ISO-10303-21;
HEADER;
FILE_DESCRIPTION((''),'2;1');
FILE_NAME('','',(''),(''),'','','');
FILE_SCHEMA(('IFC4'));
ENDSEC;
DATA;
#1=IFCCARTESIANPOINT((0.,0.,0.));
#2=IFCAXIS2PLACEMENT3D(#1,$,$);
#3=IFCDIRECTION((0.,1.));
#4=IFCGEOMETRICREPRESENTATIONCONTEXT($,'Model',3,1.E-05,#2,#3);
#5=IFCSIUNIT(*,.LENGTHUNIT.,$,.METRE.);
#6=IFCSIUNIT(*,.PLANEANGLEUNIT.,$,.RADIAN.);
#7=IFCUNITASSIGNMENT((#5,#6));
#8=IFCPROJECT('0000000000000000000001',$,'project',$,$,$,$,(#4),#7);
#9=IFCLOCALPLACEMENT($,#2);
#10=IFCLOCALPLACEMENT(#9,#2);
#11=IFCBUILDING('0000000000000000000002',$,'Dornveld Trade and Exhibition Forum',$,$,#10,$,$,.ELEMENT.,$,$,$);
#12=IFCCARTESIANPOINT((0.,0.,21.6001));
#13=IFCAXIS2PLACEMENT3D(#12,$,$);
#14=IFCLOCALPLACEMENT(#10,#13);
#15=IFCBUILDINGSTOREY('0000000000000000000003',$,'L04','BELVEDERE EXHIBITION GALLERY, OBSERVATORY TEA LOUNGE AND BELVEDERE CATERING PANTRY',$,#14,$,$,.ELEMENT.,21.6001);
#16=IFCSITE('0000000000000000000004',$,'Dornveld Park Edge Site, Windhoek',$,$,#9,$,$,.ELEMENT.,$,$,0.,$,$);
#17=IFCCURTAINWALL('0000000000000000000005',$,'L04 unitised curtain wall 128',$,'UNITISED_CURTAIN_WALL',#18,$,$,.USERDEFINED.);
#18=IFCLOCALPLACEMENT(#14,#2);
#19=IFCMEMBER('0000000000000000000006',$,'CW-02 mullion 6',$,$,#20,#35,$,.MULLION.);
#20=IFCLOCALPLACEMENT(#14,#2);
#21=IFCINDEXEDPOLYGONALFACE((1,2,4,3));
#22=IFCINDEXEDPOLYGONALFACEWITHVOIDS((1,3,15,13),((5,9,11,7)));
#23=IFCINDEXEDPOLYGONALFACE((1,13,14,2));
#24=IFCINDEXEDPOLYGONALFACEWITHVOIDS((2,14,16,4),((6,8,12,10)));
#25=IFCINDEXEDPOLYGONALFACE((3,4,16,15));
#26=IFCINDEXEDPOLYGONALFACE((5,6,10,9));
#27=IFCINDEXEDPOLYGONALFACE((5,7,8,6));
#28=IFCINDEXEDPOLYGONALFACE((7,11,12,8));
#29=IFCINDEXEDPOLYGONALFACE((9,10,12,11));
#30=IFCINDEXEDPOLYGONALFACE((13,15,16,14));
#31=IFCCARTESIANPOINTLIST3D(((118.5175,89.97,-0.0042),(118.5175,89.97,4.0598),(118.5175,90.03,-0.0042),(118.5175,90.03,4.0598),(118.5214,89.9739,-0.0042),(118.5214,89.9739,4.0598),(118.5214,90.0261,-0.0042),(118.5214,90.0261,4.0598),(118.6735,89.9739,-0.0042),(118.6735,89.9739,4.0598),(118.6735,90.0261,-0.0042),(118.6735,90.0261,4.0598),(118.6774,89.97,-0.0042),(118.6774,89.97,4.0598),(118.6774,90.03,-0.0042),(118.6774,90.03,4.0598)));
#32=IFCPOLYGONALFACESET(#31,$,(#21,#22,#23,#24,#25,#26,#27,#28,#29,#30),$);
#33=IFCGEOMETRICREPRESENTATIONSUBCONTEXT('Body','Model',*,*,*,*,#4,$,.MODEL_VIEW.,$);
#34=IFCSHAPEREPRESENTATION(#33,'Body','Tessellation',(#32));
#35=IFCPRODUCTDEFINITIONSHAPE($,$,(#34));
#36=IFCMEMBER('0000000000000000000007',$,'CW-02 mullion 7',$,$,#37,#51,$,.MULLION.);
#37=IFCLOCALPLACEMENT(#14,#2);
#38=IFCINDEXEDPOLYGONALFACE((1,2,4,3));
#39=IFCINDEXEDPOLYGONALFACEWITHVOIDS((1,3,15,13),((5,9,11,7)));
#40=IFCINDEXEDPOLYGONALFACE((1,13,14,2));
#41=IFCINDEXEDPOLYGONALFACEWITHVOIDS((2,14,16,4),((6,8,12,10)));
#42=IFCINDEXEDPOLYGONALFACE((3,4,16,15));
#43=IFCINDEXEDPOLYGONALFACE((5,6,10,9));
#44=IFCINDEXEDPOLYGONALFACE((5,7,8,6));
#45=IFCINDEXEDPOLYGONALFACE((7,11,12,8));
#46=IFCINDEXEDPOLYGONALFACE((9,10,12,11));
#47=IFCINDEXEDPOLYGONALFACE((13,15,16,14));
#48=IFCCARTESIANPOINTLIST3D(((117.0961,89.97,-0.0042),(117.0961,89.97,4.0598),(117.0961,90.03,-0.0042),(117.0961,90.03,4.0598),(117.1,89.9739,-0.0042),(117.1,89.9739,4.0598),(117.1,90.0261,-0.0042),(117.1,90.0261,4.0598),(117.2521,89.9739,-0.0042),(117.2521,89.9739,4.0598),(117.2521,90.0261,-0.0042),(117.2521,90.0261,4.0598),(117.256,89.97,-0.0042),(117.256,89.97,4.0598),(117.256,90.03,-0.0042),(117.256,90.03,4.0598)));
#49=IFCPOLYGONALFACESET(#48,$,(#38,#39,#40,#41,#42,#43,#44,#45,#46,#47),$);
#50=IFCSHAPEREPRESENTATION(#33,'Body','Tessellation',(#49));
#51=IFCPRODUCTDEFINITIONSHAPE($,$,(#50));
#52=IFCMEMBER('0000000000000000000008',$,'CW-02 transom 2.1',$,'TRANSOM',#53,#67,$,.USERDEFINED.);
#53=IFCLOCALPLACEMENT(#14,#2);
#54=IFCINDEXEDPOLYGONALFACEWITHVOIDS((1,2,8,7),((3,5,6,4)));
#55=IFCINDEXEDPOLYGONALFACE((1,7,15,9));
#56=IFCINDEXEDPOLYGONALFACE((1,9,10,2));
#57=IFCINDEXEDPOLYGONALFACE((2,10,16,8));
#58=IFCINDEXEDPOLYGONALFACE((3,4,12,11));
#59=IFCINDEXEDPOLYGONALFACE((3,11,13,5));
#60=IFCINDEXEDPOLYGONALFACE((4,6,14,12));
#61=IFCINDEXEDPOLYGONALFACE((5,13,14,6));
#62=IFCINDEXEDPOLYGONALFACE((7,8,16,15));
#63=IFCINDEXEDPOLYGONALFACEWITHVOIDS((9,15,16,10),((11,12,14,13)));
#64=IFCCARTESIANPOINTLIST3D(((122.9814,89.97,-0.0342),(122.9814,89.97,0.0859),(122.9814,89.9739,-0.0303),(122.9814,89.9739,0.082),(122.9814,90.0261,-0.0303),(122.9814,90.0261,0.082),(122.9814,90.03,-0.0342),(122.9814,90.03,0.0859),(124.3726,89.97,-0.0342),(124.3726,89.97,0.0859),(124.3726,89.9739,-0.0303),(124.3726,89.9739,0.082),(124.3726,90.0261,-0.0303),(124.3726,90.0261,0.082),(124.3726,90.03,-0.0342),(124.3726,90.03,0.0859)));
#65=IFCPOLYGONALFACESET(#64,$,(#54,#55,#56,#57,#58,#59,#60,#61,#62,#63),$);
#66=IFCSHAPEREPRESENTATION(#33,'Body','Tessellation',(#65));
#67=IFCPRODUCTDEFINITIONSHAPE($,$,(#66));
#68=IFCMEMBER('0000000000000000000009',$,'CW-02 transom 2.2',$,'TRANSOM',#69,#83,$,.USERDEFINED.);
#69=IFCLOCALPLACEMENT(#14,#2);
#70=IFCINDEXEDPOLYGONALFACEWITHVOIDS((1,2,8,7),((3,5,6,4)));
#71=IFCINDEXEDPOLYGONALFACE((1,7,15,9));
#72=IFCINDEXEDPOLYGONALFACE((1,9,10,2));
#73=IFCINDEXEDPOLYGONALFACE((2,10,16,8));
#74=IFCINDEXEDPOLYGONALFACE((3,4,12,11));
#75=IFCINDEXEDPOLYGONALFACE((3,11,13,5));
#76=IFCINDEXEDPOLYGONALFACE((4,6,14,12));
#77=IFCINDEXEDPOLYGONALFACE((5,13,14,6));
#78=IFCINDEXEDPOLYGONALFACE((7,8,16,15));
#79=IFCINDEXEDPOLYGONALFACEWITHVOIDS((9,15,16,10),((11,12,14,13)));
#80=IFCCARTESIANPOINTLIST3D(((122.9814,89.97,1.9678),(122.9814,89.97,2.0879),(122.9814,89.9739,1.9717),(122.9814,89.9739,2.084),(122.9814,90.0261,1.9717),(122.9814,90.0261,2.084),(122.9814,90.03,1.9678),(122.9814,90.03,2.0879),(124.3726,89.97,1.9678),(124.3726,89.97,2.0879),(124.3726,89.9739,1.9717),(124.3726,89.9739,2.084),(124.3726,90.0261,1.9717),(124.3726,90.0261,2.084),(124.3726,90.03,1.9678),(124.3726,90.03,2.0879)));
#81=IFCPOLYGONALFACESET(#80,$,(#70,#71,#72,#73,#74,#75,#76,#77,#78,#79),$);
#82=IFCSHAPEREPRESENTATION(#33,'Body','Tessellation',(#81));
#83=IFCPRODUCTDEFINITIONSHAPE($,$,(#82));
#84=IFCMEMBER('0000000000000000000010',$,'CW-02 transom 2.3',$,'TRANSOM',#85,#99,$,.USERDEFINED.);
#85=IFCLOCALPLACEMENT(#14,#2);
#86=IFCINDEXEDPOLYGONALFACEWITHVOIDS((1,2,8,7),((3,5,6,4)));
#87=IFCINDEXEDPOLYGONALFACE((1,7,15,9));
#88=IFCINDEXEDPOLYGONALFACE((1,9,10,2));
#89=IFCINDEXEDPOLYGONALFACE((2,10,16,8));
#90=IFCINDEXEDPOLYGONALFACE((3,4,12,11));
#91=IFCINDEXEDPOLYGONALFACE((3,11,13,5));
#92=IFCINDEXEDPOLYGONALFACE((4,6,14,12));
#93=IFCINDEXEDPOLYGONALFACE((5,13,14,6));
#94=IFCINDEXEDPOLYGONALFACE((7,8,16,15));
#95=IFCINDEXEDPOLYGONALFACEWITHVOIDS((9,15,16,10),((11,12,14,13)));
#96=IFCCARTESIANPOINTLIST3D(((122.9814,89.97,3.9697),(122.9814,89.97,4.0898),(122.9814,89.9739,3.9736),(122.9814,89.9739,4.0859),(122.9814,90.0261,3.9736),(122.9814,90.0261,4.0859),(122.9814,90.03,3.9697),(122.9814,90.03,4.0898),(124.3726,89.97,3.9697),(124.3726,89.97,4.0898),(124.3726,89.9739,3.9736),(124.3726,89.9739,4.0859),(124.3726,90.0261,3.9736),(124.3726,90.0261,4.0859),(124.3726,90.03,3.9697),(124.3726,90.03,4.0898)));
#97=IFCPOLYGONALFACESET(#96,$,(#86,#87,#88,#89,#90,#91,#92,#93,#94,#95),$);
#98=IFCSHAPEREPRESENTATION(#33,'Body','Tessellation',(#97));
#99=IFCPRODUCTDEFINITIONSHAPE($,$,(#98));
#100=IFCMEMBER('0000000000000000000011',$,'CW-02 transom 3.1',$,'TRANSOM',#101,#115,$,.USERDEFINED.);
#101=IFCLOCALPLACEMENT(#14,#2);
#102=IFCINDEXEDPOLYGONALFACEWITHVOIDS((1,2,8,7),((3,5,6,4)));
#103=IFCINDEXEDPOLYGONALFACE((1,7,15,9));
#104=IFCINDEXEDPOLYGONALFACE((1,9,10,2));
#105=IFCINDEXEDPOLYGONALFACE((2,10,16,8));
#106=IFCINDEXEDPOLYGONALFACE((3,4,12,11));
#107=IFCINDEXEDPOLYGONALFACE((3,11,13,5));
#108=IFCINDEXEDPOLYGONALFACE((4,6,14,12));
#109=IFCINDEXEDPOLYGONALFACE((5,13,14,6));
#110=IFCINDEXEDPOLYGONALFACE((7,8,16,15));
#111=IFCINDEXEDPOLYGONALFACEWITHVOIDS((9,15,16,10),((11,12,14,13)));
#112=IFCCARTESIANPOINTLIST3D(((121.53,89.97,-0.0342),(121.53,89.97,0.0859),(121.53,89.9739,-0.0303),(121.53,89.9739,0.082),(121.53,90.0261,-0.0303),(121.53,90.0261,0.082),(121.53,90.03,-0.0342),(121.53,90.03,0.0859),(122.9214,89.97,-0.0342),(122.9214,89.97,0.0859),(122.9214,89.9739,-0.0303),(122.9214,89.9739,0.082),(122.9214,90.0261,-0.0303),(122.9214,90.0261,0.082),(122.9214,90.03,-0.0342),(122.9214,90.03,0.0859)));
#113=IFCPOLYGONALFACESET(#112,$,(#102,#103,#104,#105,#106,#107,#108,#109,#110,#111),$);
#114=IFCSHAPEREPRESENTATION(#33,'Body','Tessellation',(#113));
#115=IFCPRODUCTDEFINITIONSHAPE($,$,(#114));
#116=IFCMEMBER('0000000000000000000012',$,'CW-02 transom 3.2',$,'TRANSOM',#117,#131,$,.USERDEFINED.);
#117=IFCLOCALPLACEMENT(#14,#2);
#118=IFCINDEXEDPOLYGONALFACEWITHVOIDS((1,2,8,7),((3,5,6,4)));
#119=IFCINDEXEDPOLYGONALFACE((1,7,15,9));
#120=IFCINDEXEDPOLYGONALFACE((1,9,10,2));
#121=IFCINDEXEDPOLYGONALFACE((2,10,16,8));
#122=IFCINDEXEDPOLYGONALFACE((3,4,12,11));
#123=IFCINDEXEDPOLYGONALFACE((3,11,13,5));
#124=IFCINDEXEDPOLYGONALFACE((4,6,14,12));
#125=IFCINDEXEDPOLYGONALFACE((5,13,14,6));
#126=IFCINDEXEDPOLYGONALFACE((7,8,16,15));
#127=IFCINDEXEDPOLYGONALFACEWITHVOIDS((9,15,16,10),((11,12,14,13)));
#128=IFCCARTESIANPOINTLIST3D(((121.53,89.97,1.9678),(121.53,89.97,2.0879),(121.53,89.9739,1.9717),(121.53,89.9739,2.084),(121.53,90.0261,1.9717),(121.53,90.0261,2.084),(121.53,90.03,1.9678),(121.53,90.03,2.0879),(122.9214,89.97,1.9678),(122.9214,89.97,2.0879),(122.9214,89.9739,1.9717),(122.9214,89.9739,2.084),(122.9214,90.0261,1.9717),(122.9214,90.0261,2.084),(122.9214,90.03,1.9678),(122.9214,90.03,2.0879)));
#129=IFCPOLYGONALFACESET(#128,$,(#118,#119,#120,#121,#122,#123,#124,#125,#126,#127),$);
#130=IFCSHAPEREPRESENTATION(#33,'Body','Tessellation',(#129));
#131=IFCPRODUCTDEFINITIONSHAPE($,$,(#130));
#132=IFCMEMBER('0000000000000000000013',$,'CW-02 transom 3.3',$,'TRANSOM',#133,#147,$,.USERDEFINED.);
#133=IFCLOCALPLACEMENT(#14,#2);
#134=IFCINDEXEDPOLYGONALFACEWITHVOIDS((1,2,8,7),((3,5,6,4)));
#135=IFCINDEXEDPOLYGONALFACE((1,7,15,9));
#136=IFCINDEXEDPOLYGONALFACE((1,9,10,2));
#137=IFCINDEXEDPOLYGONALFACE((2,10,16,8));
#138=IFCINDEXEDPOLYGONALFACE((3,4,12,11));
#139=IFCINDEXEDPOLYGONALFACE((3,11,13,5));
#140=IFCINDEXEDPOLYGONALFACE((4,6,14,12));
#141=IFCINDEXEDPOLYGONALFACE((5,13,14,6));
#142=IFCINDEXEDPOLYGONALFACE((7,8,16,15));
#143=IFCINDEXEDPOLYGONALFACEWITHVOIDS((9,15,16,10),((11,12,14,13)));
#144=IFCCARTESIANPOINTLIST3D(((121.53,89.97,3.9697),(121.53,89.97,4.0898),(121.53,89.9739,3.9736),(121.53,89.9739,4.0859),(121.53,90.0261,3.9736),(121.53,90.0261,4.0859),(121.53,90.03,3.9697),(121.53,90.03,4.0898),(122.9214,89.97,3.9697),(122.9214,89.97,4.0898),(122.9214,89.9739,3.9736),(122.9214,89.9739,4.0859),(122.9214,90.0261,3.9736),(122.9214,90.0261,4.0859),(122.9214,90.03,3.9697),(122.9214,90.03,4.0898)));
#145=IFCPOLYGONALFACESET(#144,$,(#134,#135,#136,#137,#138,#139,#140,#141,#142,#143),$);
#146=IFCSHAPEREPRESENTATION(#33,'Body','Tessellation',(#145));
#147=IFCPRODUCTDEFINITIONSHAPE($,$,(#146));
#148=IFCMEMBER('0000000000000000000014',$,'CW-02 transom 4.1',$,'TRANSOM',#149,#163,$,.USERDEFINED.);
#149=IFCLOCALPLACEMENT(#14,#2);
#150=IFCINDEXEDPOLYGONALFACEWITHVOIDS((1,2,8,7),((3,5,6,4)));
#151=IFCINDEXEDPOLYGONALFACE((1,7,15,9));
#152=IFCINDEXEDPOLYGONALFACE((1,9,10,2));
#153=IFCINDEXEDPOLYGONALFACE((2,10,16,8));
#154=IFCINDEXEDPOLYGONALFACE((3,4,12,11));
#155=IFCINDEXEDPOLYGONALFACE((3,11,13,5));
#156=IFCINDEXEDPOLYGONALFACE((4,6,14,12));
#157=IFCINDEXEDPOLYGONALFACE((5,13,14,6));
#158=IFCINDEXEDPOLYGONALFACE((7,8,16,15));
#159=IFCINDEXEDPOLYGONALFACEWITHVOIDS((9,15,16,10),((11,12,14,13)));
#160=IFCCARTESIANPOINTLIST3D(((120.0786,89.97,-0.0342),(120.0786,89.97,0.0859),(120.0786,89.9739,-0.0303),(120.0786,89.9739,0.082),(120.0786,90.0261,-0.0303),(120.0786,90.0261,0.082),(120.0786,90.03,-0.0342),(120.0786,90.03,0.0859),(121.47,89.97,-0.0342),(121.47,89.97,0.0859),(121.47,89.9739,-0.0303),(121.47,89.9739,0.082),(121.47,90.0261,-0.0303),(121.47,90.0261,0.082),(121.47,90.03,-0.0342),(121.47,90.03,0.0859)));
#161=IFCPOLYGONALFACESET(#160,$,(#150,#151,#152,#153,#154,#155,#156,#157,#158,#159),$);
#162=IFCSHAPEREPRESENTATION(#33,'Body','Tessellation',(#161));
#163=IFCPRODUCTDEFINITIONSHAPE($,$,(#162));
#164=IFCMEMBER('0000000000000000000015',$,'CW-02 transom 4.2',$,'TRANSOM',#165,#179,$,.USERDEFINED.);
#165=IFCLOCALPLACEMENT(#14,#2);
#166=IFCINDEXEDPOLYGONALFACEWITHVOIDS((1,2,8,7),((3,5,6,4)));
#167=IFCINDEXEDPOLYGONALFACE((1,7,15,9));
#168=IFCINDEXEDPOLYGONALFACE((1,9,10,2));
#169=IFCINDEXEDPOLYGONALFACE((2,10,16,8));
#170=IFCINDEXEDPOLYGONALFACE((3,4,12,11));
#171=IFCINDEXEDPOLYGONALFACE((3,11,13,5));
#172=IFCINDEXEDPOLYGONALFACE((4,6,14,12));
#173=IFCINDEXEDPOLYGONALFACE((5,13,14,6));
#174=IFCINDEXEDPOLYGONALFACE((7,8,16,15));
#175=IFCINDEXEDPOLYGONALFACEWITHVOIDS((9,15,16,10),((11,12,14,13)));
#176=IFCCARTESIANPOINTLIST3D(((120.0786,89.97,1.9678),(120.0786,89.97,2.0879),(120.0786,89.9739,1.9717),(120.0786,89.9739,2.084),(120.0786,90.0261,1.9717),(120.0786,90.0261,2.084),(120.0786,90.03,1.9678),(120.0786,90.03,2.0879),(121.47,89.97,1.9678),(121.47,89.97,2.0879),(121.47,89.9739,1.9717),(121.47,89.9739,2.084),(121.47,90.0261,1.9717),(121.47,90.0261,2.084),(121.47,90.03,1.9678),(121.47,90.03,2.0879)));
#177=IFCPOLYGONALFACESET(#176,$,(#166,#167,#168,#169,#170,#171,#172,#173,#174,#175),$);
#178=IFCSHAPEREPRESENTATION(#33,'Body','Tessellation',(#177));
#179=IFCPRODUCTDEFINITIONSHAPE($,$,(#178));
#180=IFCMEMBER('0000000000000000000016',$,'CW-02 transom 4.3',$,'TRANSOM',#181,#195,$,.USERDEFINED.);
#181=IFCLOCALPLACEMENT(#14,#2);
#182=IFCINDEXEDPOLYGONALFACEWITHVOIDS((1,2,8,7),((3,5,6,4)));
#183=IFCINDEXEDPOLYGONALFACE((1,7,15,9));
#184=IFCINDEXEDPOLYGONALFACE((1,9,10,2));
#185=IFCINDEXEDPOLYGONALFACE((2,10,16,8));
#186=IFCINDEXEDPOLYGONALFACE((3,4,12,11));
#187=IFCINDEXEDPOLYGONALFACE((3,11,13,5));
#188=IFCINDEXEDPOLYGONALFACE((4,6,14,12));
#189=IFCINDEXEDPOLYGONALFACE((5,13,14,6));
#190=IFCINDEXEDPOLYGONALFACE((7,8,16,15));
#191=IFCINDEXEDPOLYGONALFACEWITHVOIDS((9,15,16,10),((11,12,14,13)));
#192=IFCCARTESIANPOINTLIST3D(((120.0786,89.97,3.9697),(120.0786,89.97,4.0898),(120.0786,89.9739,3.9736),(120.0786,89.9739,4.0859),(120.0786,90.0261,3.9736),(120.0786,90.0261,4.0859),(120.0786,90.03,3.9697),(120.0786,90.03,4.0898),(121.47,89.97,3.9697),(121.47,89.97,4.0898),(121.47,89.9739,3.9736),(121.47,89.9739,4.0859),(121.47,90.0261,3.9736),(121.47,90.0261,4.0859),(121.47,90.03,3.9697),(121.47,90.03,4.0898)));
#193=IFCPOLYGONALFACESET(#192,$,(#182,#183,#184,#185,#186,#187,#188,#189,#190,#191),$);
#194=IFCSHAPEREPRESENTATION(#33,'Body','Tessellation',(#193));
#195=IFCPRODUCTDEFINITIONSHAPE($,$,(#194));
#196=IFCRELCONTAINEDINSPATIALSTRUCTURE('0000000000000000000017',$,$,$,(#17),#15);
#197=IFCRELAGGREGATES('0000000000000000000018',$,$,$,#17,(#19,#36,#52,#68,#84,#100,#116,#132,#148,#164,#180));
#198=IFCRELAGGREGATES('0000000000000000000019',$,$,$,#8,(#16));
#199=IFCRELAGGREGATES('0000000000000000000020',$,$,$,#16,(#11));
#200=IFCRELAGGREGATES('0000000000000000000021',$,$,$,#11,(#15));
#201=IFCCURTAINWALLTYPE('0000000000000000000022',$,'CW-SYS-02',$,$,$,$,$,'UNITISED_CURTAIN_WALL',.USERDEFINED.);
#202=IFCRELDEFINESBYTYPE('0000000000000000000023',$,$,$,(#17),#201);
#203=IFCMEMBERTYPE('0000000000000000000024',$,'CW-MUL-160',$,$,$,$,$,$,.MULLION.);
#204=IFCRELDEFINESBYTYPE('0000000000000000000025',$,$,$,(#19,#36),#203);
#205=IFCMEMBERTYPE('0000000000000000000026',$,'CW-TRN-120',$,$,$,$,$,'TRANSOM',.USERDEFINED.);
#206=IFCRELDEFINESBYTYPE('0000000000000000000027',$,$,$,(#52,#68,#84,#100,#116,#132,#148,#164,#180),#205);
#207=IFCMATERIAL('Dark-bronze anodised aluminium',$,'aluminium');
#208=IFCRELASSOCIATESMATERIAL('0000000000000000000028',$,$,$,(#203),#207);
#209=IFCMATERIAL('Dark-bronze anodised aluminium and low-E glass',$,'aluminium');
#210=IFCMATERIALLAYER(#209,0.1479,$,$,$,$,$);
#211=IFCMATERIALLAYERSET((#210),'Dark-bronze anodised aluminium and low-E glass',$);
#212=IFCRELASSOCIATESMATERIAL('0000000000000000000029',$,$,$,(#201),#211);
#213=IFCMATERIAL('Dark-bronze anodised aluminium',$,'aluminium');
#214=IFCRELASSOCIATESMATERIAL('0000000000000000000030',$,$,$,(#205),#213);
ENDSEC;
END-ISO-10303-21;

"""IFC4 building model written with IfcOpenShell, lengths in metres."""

from ifc_helpers import new_model, si_unit, direction, frame, origin, origin_2d, place, context, subcontext, project, spatial, hollow_rectangle, extrude, material, layer, layer_set, material_profile, profile_set, type_object, element, aggregate, save


model = new_model("IFC4")

# Units and contexts
model_context = context("Model", 3, precision=1e-05, world=origin(), true_north=direction((0.0, 1.0)))
body_context = subcontext(model_context, "Body", "Model", "MODEL_VIEW")
ifc_project = project(units=[si_unit("LENGTHUNIT", "METRE"), si_unit("PLANEANGLEUNIT", "RADIAN")], contexts=[model_context])

# Site, building, storey
site_placement = place(None, origin())
site = spatial("IfcSite", under=ifc_project, at=site_placement, Name="Dornveld Park Edge Site, Windhoek", CompositionType="ELEMENT", RefElevation=0.0)
building_placement = place(site_placement, origin())
building = spatial("IfcBuilding", under=site, at=building_placement, Name="Dornveld Trade and Exhibition Forum", CompositionType="ELEMENT")
storey_placement = place(building_placement, frame((0.0, 0.0, 21.6001)))
storey = spatial("IfcBuildingStorey", under=building, at=storey_placement, Name="L04", Description="BELVEDERE EXHIBITION GALLERY, OBSERVATORY TEA LOUNGE AND BELVEDERE CATERING PANTRY", CompositionType="ELEMENT", Elevation=21.6001)

# Shared definitions
ifc_material_1 = material(Name="Dark-bronze anodised aluminium", Category="aluminium")
ifc_material_profile_1 = material_profile(ifc_material_1, hollow_rectangle(XDim=0.0601, YDim=0.1599, WallThickness=0.0039, at=origin_2d()), Name="RHS 160x60x4")
ifc_profile_set_1 = profile_set([ifc_material_profile_1], Name="Dark-bronze anodised aluminium")
member_type_1 = type_object("IfcMemberType", Name="CW-MUL-160", PredefinedType="MULLION", material=ifc_profile_set_1)

# Curtain wall, members
ifc_material_2 = material(Name="Dark-bronze anodised aluminium and low-E glass", Category="aluminium")
ifc_layer_1 = layer(ifc_material_2, 0.1479)
ifc_layer_set_1 = layer_set([ifc_layer_1], Name="Dark-bronze anodised aluminium and low-E glass")
curtain_wall_type_1 = type_object("IfcCurtainWallType", Name="CW-SYS-02", ElementType="UNITISED_CURTAIN_WALL", PredefinedType="USERDEFINED", material=ifc_layer_set_1)
curtain_wall_1_placement = place(storey_placement, origin())
curtain_wall_1 = element("IfcCurtainWall", 1, at=curtain_wall_1_placement, inside=storey, type_object=curtain_wall_type_1, Name="L04 unitised curtain wall 128", ObjectType="UNITISED_CURTAIN_WALL", PredefinedType="USERDEFINED")
member_1_placement = place(storey_placement, frame((118.5974, 90.0, -0.0042), z_axis=(0.0, 0.0, 1.0), x_axis=(0.0, -1.0, 0.0)))
member_1 = element("IfcMember", 2, at=member_1_placement, type_object=member_type_1, Name="CW-02 mullion 6", PredefinedType="MULLION", context=body_context, shape_type="SweptSolid", body=[
    extrude(hollow_rectangle(XDim=0.0601, YDim=0.1599, WallThickness=0.0039, at=origin_2d()), origin(), (0.0, 0.0, 1.0), 4.064),
])
member_2_placement = place(storey_placement, frame((117.176, 90.0, -0.0042), z_axis=(0.0, 0.0, 1.0), x_axis=(0.0, -1.0, 0.0)))
member_2 = element("IfcMember", 3, at=member_2_placement, type_object=member_type_1, Name="CW-02 mullion 7", PredefinedType="MULLION", context=body_context, shape_type="SweptSolid", body=[
    extrude(hollow_rectangle(XDim=0.0601, YDim=0.1599, WallThickness=0.0039, at=origin_2d()), origin(), (0.0, 0.0, 1.0), 4.064),
])
ifc_material_3 = material(Name="Dark-bronze anodised aluminium", Category="aluminium")
ifc_material_profile_2 = material_profile(ifc_material_3, hollow_rectangle(XDim=0.0601, YDim=0.1201, WallThickness=0.0039, at=origin_2d()), Name="RHS 120x60x4")
ifc_profile_set_2 = profile_set([ifc_material_profile_2], Name="Dark-bronze anodised aluminium")
member_type_2 = type_object("IfcMemberType", Name="CW-TRN-120", ElementType="TRANSOM", PredefinedType="USERDEFINED", material=ifc_profile_set_2)
member_3_placement = place(storey_placement, frame((124.3726, 90.0, 0.0259), z_axis=(-1.0, 0.0, 0.0), x_axis=(0.0, -1.0, 0.0)))
member_3 = element("IfcMember", 4, at=member_3_placement, type_object=member_type_2, Name="CW-02 transom 2.1", ObjectType="TRANSOM", PredefinedType="USERDEFINED", context=body_context, shape_type="SweptSolid", body=[
    extrude(hollow_rectangle(XDim=0.0601, YDim=0.1201, WallThickness=0.0039, at=origin_2d()), origin(), (0.0, 0.0, 1.0), 1.3911),
])
member_4_placement = place(storey_placement, frame((124.3726, 90.0, 2.0278), z_axis=(-1.0, 0.0, 0.0), x_axis=(0.0, -1.0, 0.0)))
member_4 = element("IfcMember", 5, at=member_4_placement, type_object=member_type_2, Name="CW-02 transom 2.2", ObjectType="TRANSOM", PredefinedType="USERDEFINED", context=body_context, shape_type="SweptSolid", body=[
    extrude(hollow_rectangle(XDim=0.0601, YDim=0.1201, WallThickness=0.0039, at=origin_2d()), origin(), (0.0, 0.0, 1.0), 1.3911),
])
member_5_placement = place(storey_placement, frame((124.3726, 90.0, 4.0298), z_axis=(-1.0, 0.0, 0.0), x_axis=(0.0, -1.0, 0.0)))
member_5 = element("IfcMember", 6, at=member_5_placement, type_object=member_type_2, Name="CW-02 transom 2.3", ObjectType="TRANSOM", PredefinedType="USERDEFINED", context=body_context, shape_type="SweptSolid", body=[
    extrude(hollow_rectangle(XDim=0.0601, YDim=0.1201, WallThickness=0.0039, at=origin_2d()), origin(), (0.0, 0.0, 1.0), 1.3911),
])
member_6_placement = place(storey_placement, frame((122.9214, 90.0, 0.0259), z_axis=(-1.0, 0.0, 0.0), x_axis=(0.0, -1.0, 0.0)))
member_6 = element("IfcMember", 7, at=member_6_placement, type_object=member_type_2, Name="CW-02 transom 3.1", ObjectType="TRANSOM", PredefinedType="USERDEFINED", context=body_context, shape_type="SweptSolid", body=[
    extrude(hollow_rectangle(XDim=0.0601, YDim=0.1201, WallThickness=0.0039, at=origin_2d()), origin(), (0.0, 0.0, 1.0), 1.3914),
])
member_7_placement = place(storey_placement, frame((122.9214, 90.0, 2.0278), z_axis=(-1.0, 0.0, 0.0), x_axis=(0.0, -1.0, 0.0)))
member_7 = element("IfcMember", 8, at=member_7_placement, type_object=member_type_2, Name="CW-02 transom 3.2", ObjectType="TRANSOM", PredefinedType="USERDEFINED", context=body_context, shape_type="SweptSolid", body=[
    extrude(hollow_rectangle(XDim=0.0601, YDim=0.1201, WallThickness=0.0039, at=origin_2d()), origin(), (0.0, 0.0, 1.0), 1.3914),
])
member_8_placement = place(storey_placement, frame((122.9214, 90.0, 4.0298), z_axis=(-1.0, 0.0, 0.0), x_axis=(0.0, -1.0, 0.0)))
member_8 = element("IfcMember", 9, at=member_8_placement, type_object=member_type_2, Name="CW-02 transom 3.3", ObjectType="TRANSOM", PredefinedType="USERDEFINED", context=body_context, shape_type="SweptSolid", body=[
    extrude(hollow_rectangle(XDim=0.0601, YDim=0.1201, WallThickness=0.0039, at=origin_2d()), origin(), (0.0, 0.0, 1.0), 1.3914),
])
member_9_placement = place(storey_placement, frame((121.47, 90.0, 0.0259), z_axis=(-1.0, 0.0, 0.0), x_axis=(0.0, -1.0, 0.0)))
member_9 = element("IfcMember", 10, at=member_9_placement, type_object=member_type_2, Name="CW-02 transom 4.1", ObjectType="TRANSOM", PredefinedType="USERDEFINED", context=body_context, shape_type="SweptSolid", body=[
    extrude(hollow_rectangle(XDim=0.0601, YDim=0.1201, WallThickness=0.0039, at=origin_2d()), origin(), (0.0, 0.0, 1.0), 1.3914),
])
member_10_placement = place(storey_placement, frame((121.47, 90.0, 2.0278), z_axis=(-1.0, 0.0, 0.0), x_axis=(0.0, -1.0, 0.0)))
member_10 = element("IfcMember", 11, at=member_10_placement, type_object=member_type_2, Name="CW-02 transom 4.2", ObjectType="TRANSOM", PredefinedType="USERDEFINED", context=body_context, shape_type="SweptSolid", body=[
    extrude(hollow_rectangle(XDim=0.0601, YDim=0.1201, WallThickness=0.0039, at=origin_2d()), origin(), (0.0, 0.0, 1.0), 1.3914),
])
member_11_placement = place(storey_placement, frame((121.47, 90.0, 4.0298), z_axis=(-1.0, 0.0, 0.0), x_axis=(0.0, -1.0, 0.0)))
member_11 = element("IfcMember", 12, at=member_11_placement, type_object=member_type_2, Name="CW-02 transom 4.3", ObjectType="TRANSOM", PredefinedType="USERDEFINED", context=body_context, shape_type="SweptSolid", body=[
    extrude(hollow_rectangle(XDim=0.0601, YDim=0.1201, WallThickness=0.0039, at=origin_2d()), origin(), (0.0, 0.0, 1.0), 1.3914),
])
aggregate(curtain_wall_1, [member_1, member_2, member_3, member_4, member_5, member_6, member_7, member_8, member_9, member_10, member_11])

save(model, "model.ifc")
